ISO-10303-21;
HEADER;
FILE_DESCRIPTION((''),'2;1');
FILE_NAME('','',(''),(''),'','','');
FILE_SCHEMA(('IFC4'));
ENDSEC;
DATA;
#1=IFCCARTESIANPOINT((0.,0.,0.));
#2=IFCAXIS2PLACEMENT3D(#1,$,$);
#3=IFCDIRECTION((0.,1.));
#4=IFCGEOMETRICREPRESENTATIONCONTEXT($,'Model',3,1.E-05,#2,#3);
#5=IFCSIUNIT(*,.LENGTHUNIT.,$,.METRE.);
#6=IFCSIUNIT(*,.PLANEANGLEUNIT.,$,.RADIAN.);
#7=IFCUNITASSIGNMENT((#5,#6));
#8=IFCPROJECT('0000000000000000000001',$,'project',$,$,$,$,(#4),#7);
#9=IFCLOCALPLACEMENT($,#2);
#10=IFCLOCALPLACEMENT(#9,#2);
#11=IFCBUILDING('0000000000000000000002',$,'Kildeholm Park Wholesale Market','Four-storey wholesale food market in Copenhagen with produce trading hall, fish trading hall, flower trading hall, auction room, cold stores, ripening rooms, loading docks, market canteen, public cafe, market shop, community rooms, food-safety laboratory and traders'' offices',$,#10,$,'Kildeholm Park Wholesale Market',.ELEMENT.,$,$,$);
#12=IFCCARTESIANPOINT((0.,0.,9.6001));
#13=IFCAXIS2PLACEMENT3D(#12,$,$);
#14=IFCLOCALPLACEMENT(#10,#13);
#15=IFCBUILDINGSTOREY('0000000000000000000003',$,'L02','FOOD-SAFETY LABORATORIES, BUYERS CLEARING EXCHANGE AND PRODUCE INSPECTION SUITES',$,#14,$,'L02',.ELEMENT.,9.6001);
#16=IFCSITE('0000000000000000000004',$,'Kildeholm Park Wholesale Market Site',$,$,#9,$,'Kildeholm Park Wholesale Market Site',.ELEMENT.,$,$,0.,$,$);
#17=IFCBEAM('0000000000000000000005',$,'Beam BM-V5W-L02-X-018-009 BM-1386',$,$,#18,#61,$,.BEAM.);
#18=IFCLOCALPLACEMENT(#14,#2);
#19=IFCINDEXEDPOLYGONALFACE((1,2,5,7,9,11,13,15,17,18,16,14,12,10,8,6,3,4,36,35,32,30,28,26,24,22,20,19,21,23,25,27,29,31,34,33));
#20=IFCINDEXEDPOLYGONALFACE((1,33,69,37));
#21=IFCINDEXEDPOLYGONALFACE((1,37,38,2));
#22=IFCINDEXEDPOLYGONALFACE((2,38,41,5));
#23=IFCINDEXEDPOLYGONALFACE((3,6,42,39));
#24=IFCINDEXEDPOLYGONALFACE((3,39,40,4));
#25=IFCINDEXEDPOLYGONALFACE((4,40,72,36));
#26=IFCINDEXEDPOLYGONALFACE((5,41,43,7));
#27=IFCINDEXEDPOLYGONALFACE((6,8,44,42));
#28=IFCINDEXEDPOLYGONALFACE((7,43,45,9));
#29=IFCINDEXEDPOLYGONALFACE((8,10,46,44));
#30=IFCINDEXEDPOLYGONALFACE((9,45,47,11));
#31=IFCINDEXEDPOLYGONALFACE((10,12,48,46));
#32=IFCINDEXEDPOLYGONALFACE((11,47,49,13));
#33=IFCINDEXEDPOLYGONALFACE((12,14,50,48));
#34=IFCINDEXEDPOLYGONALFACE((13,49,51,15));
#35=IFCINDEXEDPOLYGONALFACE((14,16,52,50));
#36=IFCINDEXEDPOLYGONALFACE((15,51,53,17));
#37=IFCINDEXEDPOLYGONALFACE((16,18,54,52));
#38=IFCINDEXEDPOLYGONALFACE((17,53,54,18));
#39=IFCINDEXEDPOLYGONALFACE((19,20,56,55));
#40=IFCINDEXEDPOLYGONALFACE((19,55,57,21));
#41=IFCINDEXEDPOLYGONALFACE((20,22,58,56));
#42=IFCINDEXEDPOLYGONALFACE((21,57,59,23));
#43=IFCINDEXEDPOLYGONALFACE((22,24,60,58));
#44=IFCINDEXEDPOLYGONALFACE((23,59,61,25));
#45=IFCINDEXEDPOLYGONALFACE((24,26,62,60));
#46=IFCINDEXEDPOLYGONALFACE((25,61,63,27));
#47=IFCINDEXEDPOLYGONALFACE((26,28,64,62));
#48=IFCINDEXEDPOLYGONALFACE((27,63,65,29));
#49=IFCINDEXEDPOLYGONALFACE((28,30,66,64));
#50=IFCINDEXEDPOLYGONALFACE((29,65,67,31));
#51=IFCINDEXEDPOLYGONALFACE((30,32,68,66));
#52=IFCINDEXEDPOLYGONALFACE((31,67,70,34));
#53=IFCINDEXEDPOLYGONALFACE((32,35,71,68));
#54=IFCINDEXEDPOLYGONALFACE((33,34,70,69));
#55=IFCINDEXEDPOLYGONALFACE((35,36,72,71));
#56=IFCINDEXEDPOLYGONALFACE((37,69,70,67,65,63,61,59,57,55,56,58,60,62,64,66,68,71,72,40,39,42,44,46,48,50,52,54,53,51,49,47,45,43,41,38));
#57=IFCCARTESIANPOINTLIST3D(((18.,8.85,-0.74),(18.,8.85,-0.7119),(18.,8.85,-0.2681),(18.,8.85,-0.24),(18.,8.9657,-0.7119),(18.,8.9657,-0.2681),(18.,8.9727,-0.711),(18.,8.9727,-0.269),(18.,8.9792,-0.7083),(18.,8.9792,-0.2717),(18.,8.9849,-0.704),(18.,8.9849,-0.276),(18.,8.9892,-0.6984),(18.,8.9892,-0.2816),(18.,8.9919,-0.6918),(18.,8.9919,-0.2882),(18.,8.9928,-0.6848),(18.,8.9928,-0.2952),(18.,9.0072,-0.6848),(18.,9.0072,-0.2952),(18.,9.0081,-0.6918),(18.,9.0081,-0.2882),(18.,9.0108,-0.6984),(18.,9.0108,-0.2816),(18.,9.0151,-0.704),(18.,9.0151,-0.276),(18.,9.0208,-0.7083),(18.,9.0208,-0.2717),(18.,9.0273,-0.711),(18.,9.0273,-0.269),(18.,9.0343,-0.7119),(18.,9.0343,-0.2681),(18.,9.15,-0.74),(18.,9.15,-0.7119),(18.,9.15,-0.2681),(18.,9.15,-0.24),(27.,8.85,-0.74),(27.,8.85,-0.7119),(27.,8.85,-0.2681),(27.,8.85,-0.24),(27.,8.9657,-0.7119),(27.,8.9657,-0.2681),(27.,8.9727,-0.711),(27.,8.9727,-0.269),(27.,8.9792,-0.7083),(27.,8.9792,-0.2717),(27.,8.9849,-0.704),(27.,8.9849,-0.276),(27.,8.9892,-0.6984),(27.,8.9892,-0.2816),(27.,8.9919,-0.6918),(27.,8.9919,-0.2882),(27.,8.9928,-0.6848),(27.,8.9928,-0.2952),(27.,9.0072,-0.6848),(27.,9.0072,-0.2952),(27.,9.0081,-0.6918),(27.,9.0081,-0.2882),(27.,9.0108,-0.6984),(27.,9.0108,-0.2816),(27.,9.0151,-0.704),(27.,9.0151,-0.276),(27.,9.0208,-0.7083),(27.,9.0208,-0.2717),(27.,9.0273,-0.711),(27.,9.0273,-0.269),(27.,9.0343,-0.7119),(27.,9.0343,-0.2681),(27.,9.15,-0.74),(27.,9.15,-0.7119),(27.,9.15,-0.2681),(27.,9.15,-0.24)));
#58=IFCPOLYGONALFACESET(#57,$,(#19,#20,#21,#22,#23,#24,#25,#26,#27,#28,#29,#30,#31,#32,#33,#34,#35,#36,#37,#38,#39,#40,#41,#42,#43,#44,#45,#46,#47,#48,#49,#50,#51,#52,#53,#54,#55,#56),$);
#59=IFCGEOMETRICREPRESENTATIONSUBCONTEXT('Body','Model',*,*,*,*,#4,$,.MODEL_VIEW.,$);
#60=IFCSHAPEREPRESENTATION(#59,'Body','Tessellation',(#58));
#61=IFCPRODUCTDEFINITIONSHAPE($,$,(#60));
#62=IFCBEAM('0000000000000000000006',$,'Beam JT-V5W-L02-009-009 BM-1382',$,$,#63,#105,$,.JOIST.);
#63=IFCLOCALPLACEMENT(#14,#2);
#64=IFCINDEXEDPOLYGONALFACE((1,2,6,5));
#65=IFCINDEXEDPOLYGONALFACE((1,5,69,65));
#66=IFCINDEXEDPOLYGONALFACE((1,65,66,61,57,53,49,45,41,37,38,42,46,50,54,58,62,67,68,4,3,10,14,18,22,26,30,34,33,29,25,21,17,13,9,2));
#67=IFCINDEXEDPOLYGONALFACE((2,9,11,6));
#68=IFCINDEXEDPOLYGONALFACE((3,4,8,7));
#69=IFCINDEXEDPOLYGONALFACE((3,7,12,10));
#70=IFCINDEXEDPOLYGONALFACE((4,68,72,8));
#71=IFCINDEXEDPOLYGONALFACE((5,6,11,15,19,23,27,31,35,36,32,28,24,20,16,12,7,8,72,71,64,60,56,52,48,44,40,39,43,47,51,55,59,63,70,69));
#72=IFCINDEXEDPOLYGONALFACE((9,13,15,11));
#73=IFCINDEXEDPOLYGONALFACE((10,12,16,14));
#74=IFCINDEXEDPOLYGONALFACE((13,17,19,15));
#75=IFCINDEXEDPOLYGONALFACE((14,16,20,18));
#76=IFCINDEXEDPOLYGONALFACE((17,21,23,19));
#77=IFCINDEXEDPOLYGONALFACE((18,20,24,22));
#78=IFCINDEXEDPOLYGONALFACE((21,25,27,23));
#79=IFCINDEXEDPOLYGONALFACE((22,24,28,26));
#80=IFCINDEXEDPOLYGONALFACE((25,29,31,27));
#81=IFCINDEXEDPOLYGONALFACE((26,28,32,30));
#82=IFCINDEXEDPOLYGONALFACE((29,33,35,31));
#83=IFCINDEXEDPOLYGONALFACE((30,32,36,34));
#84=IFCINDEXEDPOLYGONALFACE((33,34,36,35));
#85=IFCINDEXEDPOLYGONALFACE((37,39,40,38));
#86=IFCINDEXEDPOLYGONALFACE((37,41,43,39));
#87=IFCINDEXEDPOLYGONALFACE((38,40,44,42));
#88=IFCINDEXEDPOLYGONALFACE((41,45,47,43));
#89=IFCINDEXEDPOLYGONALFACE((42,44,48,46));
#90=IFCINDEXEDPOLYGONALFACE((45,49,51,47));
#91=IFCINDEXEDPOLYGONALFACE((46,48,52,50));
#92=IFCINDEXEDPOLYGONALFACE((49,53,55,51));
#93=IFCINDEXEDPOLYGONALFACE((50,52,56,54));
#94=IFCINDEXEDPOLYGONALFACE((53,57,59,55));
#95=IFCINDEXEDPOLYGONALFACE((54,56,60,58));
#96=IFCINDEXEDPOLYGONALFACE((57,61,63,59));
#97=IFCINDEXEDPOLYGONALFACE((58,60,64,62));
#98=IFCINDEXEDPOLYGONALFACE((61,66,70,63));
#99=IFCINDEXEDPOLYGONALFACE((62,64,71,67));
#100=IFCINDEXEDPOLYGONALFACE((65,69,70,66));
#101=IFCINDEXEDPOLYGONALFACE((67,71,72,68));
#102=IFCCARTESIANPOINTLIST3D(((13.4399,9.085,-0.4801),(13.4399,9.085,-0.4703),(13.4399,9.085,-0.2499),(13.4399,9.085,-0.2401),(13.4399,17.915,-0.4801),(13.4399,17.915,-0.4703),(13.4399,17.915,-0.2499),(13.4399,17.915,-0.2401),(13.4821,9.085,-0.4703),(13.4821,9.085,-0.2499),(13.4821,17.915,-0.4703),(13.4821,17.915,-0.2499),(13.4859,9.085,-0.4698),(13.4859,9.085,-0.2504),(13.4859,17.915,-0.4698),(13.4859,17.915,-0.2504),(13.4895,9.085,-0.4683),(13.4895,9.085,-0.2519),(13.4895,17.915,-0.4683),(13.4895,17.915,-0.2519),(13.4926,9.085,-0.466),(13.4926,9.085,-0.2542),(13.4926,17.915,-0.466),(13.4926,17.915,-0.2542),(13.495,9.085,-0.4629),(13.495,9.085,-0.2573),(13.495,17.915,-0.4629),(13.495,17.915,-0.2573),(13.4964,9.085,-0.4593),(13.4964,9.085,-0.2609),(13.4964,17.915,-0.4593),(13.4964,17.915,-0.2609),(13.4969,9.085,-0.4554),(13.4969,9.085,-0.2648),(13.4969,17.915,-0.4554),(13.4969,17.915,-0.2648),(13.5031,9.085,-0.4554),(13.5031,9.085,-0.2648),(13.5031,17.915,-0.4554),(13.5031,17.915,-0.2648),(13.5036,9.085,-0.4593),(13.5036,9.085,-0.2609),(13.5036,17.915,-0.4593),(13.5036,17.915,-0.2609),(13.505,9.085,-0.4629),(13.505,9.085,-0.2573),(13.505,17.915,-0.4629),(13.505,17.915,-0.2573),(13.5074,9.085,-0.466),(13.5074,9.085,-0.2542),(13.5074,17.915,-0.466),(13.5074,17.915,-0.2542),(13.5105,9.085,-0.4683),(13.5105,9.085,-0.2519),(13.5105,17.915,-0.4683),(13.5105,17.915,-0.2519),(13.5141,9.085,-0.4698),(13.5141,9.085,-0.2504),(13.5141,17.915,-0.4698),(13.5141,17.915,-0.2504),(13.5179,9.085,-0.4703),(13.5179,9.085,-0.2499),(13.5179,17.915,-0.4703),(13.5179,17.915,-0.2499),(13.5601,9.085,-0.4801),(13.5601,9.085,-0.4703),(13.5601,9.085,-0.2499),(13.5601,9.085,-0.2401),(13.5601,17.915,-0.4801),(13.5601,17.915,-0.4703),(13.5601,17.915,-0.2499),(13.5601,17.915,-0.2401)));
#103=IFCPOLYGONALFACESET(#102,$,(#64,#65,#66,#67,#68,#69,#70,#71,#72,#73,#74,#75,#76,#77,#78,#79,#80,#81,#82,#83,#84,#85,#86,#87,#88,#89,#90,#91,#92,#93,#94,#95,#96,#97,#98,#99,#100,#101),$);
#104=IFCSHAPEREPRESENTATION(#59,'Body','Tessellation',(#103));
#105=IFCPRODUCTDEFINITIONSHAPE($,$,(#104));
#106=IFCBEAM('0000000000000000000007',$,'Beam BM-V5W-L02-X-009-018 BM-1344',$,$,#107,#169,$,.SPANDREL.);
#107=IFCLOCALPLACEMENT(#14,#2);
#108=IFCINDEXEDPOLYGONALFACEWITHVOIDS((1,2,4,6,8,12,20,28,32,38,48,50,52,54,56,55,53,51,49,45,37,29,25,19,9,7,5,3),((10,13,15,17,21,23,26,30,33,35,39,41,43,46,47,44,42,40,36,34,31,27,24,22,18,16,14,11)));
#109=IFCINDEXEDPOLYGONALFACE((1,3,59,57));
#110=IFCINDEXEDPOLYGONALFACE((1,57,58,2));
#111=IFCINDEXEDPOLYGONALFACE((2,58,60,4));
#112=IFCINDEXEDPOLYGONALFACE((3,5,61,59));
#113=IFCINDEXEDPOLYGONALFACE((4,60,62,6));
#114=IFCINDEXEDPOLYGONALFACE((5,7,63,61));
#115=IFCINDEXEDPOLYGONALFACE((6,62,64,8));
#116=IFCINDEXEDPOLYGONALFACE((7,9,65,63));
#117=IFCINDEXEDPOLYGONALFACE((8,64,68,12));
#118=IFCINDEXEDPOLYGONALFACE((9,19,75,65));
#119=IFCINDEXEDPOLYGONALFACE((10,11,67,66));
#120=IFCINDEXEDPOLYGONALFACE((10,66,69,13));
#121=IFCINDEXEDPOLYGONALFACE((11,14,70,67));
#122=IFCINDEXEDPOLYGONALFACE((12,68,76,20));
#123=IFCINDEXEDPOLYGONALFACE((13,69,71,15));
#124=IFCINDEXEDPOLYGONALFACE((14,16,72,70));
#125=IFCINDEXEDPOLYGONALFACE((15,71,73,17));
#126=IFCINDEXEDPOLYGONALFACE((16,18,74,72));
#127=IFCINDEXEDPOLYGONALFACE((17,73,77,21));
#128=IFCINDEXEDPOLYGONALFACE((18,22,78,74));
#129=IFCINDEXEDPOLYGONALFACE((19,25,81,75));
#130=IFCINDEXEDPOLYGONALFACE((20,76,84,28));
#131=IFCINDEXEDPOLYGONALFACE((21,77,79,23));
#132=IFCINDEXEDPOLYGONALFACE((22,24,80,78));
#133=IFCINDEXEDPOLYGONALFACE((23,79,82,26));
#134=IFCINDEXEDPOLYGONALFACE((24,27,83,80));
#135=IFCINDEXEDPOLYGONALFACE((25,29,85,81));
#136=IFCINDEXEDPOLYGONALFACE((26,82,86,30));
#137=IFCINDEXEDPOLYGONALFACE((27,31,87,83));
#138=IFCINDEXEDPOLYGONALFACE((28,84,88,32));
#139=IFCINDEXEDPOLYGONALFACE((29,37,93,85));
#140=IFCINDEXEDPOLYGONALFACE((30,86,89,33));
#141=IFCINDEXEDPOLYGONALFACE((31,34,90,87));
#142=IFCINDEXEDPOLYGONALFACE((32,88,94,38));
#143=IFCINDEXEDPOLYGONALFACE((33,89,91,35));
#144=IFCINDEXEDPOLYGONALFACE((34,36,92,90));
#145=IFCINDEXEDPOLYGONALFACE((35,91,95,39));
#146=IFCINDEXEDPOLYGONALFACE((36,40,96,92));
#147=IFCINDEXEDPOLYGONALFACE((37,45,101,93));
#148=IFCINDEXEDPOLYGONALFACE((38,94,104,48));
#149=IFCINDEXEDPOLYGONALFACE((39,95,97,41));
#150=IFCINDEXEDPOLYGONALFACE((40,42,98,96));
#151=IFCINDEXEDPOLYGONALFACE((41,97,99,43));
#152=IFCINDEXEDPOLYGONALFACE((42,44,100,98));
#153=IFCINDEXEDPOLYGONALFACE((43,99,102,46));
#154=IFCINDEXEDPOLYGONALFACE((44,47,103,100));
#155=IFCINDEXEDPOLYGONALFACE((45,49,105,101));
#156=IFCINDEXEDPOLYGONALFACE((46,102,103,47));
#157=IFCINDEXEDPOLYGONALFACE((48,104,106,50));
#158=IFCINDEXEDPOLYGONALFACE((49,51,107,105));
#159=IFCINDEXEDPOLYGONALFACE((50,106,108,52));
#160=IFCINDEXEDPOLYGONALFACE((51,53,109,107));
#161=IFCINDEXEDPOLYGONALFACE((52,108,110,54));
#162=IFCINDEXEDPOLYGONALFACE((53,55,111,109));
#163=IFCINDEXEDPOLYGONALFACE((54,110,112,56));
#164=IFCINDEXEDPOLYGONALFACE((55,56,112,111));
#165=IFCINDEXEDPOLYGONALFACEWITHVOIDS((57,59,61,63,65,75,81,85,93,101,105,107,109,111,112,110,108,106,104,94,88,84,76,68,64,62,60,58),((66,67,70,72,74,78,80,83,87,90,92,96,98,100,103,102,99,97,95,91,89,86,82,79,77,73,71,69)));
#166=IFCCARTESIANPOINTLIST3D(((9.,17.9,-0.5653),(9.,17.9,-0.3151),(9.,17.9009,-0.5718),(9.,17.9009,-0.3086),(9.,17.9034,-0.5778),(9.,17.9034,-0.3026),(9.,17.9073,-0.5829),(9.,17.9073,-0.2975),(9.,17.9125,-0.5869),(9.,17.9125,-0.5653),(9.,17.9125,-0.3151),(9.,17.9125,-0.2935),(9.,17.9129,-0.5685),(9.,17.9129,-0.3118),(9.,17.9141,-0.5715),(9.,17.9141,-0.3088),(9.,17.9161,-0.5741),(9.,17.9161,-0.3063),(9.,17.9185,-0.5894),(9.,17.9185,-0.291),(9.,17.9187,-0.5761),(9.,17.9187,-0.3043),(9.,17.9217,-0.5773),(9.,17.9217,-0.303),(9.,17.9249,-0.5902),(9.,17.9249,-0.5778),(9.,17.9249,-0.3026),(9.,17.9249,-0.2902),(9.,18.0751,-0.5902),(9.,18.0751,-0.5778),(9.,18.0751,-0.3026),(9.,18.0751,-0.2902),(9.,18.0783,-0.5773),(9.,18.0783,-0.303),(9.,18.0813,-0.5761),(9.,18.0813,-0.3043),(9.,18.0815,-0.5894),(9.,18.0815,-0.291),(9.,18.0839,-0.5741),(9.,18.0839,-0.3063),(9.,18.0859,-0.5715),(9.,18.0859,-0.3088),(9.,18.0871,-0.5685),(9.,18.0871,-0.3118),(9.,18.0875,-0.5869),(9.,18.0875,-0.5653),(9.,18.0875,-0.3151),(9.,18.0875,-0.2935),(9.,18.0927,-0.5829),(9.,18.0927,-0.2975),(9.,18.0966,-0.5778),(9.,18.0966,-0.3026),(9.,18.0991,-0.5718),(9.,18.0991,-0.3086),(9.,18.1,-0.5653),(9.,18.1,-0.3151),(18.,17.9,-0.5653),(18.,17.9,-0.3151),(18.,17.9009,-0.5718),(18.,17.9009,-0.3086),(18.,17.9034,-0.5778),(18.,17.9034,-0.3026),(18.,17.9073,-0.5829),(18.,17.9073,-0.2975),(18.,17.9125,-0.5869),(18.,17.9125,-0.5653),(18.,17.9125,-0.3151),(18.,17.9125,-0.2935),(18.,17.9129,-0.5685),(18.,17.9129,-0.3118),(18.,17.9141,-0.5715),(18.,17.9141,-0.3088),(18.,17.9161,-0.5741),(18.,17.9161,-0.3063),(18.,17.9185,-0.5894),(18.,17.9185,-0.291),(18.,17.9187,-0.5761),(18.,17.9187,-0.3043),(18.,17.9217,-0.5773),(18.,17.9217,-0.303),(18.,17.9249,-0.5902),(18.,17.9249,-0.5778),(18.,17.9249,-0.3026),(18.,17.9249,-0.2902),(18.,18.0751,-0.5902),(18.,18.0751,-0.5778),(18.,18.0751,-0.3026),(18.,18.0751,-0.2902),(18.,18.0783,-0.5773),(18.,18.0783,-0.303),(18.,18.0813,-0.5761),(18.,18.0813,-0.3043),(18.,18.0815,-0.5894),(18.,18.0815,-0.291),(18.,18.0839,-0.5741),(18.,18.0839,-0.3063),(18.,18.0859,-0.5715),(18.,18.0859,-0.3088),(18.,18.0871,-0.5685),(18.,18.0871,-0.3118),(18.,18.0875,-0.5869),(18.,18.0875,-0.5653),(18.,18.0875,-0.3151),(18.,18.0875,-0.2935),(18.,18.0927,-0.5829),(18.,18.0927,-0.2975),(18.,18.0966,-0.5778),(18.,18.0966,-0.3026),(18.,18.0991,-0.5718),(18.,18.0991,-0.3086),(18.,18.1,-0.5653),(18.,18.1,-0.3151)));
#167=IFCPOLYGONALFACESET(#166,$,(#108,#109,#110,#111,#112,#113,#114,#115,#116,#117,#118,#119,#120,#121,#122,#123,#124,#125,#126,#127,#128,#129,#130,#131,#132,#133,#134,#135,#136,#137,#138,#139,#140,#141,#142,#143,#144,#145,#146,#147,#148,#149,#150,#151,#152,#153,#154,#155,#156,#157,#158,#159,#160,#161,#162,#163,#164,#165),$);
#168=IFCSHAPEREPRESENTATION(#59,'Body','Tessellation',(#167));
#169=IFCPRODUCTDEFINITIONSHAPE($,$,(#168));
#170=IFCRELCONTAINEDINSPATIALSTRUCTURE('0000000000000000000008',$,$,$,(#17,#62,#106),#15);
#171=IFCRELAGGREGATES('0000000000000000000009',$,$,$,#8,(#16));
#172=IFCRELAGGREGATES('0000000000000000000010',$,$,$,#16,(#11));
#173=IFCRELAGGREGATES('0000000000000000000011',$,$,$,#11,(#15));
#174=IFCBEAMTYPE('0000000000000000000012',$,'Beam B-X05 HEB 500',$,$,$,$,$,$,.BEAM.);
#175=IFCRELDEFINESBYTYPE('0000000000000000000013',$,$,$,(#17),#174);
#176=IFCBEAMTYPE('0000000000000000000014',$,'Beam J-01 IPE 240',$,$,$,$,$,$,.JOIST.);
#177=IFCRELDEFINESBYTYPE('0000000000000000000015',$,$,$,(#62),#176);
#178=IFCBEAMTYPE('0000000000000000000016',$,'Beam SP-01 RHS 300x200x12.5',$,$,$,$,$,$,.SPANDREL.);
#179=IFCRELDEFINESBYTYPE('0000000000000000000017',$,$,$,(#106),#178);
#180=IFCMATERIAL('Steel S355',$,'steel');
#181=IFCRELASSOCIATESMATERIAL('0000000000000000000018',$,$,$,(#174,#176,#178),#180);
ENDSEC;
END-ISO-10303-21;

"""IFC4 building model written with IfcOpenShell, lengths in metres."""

from ifc_helpers import new_model, si_unit, direction, frame, origin, origin_2d, place, context, subcontext, project, spatial, hollow_rectangle, i_section, extrude, material, material_profile, profile_set, type_object, element, save


model = new_model("IFC4")

# Units and contexts
model_context = context("Model", 3, precision=1e-05, world=origin(), true_north=direction((0.0, 1.0)))
body_context = subcontext(model_context, "Body", "Model", "MODEL_VIEW")
ifc_project = project(units=[si_unit("LENGTHUNIT", "METRE"), si_unit("PLANEANGLEUNIT", "RADIAN")], contexts=[model_context])

# Site, building, storey
site_placement = place(None, origin())
site = spatial("IfcSite", under=ifc_project, at=site_placement, Name="Kildeholm Park Wholesale Market Site", LongName="Kildeholm Park Wholesale Market Site", CompositionType="ELEMENT", RefElevation=0.0)
building_placement = place(site_placement, origin())
building = spatial("IfcBuilding", under=site, at=building_placement, Name="Kildeholm Park Wholesale Market", Description="Four-storey wholesale food market in Copenhagen with produce trading hall, fish trading hall, flower trading hall, auction room, cold stores, ripening rooms, loading docks, market canteen, public cafe, market shop, community rooms, food-safety laboratory and traders' offices", LongName="Kildeholm Park Wholesale Market", CompositionType="ELEMENT")
storey_placement = place(building_placement, frame((0.0, 0.0, 9.6001)))
storey = spatial("IfcBuildingStorey", under=building, at=storey_placement, Name="L02", Description="FOOD-SAFETY LABORATORIES, BUYERS CLEARING EXCHANGE AND PRODUCE INSPECTION SUITES", LongName="L02", CompositionType="ELEMENT", Elevation=9.6001)

# Shared definitions
ifc_material_1 = material(Name="Steel S355", Category="steel")

# Beams
ifc_material_profile_1 = material_profile(ifc_material_1, i_section(OverallWidth=0.3, OverallDepth=0.5, WebThickness=0.0144, FlangeThickness=0.0281, FilletRadius=0.0271, at=origin_2d()), Name="HEB 500")
ifc_profile_set_1 = profile_set([ifc_material_profile_1], Name="Steel S355")
beam_type_1 = type_object("IfcBeamType", Name="Beam B-X05 HEB 500", PredefinedType="BEAM", material=ifc_profile_set_1)
beam_1_placement = place(storey_placement, frame((18.0, 9.0, -0.49), z_axis=(1.0, 0.0, 0.0), x_axis=(0.0, 1.0, 0.0)))
element("IfcBeam", 1, at=beam_1_placement, inside=storey, type_object=beam_type_1, Name="Beam BM-V5W-L02-X-018-009 BM-1386", PredefinedType="BEAM", context=body_context, shape_type="SweptSolid", body=[
    extrude(i_section(OverallWidth=0.3, OverallDepth=0.5, WebThickness=0.0144, FlangeThickness=0.0281, FilletRadius=0.0271, at=origin_2d()), origin(), (0.0, 0.0, 1.0), 9.0),
])
ifc_material_profile_2 = material_profile(ifc_material_1, i_section(OverallWidth=0.1201, OverallDepth=0.24, WebThickness=0.0061, FlangeThickness=0.0098, FilletRadius=0.0149, at=origin_2d()), Name="IPE 240")
ifc_profile_set_2 = profile_set([ifc_material_profile_2], Name="Steel S355")
beam_type_2 = type_object("IfcBeamType", Name="Beam J-01 IPE 240", PredefinedType="JOIST", material=ifc_profile_set_2)
beam_2_placement = place(storey_placement, frame((13.5, 9.085, -0.3601), z_axis=(0.0, 1.0, 0.0), x_axis=(-1.0, 0.0, 0.0)))
element("IfcBeam", 2, at=beam_2_placement, inside=storey, type_object=beam_type_2, Name="Beam JT-V5W-L02-009-009 BM-1382", PredefinedType="JOIST", context=body_context, shape_type="SweptSolid", body=[
    extrude(i_section(OverallWidth=0.1201, OverallDepth=0.24, WebThickness=0.0061, FlangeThickness=0.0098, FilletRadius=0.0149, at=origin_2d()), origin(), (0.0, 0.0, 1.0), 8.8301),
])
ifc_material_profile_3 = material_profile(ifc_material_1, hollow_rectangle(XDim=0.2, YDim=0.3, WallThickness=0.0125, InnerFilletRadius=0.0125, OuterFilletRadius=0.0249, at=origin_2d()), Name="RHS 300x200x12.5")
ifc_profile_set_3 = profile_set([ifc_material_profile_3], Name="Steel S355")
beam_type_3 = type_object("IfcBeamType", Name="Beam SP-01 RHS 300x200x12.5", PredefinedType="SPANDREL", material=ifc_profile_set_3)
for number, where, z_axis, x_axis, name in (
    (3, (9.0, 18.0, -0.4402), (1.0, 0.0, 0.0), (0.0, 1.0, 0.0), "Beam BM-V5W-L02-X-009-018 BM-1344"),
):
    element("IfcBeam", number, at=place(storey_placement, frame(where, z_axis=z_axis, x_axis=x_axis)), inside=storey, type_object=beam_type_3, Name=name, PredefinedType="SPANDREL", context=body_context, shape_type="SweptSolid", body=[
        extrude(hollow_rectangle(XDim=0.2, YDim=0.3, WallThickness=0.0125, InnerFilletRadius=0.0125, OuterFilletRadius=0.0249, at=origin_2d()), origin(), (0.0, 0.0, 1.0), 9.0),
    ])

save(model, "model.ifc")
